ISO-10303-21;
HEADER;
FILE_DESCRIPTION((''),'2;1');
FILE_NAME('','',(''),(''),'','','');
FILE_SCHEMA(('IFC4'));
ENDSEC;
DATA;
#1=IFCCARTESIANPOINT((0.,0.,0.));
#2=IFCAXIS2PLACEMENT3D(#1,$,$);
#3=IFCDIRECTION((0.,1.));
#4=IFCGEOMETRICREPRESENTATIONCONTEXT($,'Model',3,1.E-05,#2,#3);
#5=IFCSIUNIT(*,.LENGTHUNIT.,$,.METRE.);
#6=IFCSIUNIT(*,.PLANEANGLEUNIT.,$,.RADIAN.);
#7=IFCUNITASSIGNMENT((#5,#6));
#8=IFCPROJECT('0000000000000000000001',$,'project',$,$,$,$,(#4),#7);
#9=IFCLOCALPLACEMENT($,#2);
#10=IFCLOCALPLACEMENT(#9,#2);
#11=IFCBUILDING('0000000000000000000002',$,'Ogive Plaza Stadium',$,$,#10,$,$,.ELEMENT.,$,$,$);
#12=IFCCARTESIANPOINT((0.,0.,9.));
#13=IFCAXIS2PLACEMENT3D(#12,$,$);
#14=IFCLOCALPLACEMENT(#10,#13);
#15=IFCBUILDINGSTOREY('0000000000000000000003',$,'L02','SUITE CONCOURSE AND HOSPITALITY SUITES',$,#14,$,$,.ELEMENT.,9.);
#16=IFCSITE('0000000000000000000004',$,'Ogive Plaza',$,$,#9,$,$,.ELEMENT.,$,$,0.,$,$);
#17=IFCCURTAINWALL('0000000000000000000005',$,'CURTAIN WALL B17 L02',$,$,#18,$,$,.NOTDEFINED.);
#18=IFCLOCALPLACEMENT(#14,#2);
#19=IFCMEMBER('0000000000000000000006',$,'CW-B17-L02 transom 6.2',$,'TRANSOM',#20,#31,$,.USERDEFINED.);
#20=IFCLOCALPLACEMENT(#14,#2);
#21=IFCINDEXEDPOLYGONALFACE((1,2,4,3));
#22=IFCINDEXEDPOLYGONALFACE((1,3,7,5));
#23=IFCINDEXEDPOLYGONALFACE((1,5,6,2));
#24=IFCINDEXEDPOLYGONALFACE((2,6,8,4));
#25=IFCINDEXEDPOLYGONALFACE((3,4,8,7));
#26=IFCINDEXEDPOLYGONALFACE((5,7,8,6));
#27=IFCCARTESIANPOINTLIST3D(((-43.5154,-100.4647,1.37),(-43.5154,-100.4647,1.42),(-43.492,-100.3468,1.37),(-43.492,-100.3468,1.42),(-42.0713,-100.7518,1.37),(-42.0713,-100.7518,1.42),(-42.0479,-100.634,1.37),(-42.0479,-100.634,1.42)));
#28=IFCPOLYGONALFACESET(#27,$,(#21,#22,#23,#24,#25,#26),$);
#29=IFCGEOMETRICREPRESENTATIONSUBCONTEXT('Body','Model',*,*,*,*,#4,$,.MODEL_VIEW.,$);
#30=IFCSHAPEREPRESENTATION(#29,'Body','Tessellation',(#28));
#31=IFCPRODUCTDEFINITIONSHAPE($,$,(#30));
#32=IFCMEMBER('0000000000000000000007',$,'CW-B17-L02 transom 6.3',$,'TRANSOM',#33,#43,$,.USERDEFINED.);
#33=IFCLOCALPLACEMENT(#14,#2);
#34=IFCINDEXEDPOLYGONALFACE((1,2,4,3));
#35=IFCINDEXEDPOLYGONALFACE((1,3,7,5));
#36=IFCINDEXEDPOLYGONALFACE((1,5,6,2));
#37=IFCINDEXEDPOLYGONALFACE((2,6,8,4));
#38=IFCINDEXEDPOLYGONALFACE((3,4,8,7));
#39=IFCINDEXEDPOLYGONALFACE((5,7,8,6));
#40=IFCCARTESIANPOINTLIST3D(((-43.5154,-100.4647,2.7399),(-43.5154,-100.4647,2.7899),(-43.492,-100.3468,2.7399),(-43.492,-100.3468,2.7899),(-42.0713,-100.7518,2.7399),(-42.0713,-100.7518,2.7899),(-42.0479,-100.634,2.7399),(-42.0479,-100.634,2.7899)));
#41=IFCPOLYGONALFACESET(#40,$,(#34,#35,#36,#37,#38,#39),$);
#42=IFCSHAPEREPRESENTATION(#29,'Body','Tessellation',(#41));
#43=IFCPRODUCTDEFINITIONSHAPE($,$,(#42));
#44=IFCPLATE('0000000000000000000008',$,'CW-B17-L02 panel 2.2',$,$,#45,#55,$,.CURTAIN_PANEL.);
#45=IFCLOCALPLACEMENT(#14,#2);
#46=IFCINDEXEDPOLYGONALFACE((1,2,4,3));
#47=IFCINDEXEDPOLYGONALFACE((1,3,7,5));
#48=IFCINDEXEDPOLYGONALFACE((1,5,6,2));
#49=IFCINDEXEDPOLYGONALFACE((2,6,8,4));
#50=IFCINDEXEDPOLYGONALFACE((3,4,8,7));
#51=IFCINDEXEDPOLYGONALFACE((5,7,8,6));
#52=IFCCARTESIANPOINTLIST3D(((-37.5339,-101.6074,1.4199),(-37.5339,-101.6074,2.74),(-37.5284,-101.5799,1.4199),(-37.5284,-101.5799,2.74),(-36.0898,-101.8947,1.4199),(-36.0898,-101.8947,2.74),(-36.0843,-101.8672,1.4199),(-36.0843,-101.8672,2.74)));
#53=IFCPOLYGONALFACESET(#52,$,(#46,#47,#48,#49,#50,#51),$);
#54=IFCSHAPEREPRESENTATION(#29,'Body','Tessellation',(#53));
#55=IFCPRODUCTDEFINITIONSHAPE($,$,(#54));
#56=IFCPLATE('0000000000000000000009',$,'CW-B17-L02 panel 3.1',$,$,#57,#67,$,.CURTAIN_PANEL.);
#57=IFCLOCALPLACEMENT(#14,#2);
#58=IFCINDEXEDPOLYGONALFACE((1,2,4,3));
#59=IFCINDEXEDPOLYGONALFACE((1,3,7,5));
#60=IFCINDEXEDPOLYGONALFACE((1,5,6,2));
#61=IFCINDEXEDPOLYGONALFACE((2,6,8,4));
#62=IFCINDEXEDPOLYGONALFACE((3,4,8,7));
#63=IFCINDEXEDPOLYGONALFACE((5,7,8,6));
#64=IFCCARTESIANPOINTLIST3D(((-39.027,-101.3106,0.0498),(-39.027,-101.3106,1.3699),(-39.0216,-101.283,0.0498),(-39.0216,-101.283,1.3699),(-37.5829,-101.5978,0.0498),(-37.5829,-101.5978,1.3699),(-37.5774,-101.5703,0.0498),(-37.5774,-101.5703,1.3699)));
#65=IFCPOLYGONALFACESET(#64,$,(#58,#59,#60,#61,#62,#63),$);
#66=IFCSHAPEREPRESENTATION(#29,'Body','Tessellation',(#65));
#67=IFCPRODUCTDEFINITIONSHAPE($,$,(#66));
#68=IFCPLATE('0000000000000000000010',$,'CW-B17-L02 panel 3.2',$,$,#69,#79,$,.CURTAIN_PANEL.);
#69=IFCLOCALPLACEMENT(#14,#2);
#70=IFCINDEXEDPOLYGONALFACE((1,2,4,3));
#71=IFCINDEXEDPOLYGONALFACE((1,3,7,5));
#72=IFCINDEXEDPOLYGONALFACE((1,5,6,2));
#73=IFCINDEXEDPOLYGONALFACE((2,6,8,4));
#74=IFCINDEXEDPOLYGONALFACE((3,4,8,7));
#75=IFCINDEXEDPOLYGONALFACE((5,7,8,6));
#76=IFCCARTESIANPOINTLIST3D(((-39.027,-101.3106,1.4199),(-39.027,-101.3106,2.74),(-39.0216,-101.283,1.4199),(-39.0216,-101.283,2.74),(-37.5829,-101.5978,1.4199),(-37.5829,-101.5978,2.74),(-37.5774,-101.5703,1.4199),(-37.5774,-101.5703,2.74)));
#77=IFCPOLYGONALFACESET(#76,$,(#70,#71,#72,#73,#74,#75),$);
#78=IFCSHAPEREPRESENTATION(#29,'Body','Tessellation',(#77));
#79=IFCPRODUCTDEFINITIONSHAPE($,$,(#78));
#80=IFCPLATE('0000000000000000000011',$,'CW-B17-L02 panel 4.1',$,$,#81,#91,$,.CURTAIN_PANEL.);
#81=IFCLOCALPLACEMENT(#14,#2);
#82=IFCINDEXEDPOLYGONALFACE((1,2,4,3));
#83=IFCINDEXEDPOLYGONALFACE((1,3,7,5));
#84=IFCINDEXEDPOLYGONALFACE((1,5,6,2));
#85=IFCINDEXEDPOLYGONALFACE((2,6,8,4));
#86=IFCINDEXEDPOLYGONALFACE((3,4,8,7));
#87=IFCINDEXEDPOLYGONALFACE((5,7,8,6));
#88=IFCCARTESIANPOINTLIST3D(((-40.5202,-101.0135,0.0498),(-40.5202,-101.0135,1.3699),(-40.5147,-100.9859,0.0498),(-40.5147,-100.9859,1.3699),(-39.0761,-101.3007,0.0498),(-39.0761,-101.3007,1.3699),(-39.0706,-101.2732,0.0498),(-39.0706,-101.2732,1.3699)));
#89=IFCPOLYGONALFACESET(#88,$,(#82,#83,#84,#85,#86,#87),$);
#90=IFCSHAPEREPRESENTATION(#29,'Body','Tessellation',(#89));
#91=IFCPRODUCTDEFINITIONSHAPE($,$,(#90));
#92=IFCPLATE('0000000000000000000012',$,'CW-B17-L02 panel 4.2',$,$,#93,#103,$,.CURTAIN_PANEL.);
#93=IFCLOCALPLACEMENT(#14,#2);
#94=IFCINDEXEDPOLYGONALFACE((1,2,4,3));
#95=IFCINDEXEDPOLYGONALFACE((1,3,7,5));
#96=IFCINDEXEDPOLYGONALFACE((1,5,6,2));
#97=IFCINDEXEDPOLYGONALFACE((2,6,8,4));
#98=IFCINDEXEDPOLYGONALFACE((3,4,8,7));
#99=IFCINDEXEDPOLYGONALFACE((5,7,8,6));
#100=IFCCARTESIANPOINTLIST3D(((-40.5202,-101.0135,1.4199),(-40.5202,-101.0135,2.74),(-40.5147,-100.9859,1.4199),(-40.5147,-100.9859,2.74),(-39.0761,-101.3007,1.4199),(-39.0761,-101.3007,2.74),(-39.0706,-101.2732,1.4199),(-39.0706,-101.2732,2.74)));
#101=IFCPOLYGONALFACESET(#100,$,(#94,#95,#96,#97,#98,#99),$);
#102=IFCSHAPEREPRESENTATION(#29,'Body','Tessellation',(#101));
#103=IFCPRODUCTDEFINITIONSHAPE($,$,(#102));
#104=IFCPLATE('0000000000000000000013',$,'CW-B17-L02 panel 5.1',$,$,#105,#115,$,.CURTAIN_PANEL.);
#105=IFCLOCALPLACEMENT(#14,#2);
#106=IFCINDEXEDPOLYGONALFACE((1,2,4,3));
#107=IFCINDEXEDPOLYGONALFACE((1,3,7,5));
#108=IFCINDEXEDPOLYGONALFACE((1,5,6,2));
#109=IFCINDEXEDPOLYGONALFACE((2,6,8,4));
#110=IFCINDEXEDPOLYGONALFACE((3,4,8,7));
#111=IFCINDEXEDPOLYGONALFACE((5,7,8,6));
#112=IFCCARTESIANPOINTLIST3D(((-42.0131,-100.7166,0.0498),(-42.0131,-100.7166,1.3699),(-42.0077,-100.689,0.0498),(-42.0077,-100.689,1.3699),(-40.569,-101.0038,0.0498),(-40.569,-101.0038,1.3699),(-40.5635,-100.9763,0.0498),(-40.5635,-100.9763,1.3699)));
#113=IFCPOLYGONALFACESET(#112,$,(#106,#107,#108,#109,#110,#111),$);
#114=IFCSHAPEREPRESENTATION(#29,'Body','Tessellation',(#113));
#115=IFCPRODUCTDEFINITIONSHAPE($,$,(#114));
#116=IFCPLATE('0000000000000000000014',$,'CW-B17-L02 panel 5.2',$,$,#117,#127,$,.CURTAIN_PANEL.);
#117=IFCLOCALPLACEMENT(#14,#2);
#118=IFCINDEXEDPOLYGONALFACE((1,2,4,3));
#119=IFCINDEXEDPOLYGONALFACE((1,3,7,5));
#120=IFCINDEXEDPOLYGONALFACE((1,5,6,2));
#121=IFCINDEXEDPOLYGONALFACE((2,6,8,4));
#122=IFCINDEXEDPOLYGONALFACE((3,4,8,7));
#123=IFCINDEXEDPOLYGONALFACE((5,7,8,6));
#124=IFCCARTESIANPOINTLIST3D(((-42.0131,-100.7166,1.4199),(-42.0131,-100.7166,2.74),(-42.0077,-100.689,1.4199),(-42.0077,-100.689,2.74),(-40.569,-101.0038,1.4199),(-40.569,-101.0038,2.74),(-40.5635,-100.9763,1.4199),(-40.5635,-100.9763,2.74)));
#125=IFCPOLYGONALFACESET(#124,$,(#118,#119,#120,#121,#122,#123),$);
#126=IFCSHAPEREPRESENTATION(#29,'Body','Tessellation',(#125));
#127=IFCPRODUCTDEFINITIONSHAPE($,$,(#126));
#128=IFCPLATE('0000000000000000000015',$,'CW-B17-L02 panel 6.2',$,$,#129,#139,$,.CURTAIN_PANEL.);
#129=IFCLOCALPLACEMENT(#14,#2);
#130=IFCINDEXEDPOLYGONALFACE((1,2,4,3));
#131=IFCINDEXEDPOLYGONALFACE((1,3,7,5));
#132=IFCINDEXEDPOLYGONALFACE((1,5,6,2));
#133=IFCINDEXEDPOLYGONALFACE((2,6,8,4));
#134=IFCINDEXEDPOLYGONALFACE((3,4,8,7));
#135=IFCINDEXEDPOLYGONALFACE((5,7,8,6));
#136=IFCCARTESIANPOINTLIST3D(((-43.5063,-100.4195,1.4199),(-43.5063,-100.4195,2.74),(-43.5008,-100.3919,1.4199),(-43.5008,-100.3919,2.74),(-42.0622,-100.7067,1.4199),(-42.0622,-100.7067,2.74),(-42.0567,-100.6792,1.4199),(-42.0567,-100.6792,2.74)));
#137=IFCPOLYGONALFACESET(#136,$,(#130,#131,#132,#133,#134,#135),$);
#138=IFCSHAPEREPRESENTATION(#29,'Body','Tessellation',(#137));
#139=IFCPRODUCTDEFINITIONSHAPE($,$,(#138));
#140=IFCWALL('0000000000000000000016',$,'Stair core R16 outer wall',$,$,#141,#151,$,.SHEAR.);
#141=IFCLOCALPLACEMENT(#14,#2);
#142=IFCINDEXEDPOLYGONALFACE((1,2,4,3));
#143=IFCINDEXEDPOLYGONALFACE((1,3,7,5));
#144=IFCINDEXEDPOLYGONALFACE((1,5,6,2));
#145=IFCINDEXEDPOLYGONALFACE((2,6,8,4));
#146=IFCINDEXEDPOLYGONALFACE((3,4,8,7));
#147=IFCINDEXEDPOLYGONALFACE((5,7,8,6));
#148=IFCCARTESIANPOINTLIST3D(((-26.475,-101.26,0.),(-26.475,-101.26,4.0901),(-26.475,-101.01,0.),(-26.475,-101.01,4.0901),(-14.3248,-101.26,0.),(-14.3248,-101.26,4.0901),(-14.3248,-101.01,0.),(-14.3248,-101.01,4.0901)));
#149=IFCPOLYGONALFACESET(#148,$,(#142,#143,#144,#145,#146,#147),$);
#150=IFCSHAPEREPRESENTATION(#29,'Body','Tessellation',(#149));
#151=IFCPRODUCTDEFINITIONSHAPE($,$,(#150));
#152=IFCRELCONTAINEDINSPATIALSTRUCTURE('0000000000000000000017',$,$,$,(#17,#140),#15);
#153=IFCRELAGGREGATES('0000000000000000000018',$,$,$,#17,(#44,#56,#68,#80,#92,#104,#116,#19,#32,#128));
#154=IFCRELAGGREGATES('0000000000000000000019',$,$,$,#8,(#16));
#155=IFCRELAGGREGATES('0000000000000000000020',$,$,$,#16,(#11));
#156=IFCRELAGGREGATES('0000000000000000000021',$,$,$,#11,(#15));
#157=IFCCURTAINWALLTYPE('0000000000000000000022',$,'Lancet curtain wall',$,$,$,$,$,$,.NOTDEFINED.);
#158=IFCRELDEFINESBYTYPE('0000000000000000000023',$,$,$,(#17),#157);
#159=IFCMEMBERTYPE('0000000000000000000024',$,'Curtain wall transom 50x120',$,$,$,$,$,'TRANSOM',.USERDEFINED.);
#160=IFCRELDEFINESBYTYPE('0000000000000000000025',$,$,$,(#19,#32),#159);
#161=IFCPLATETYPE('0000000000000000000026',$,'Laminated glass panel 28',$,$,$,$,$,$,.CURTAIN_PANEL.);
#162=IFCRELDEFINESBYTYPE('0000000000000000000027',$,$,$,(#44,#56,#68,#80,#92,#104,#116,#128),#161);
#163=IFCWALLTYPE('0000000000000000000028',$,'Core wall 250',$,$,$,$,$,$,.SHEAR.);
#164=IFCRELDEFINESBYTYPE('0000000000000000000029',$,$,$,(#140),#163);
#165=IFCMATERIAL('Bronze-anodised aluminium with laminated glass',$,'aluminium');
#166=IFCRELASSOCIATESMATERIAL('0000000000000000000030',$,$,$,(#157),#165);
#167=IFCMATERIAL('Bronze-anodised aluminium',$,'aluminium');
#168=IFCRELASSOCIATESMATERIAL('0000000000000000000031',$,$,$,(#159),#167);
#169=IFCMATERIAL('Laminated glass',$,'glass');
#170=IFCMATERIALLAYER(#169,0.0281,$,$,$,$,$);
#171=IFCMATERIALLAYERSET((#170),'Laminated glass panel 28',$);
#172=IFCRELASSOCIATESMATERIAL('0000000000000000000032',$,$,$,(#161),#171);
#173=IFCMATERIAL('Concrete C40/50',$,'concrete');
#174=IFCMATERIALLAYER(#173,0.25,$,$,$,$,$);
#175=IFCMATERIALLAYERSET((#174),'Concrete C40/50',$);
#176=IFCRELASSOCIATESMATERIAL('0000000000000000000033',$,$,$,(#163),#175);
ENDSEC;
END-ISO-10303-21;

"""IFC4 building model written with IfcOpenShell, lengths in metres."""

from ifc_helpers import new_model, si_unit, direction, frame, frame_2d, origin, origin_2d, place, context, subcontext, project, spatial, rectangle, extrude, material, layer, layer_set, material_profile, profile_set, type_object, element, aggregate, save


model = new_model("IFC4")

# Units and contexts
model_context = context("Model", 3, precision=1e-05, world=origin(), true_north=direction((0.0, 1.0)))
body_context = subcontext(model_context, "Body", "Model", "MODEL_VIEW")
ifc_project = project(units=[si_unit("LENGTHUNIT", "METRE"), si_unit("PLANEANGLEUNIT", "RADIAN")], contexts=[model_context])

# Site, building, storey
site_placement = place(None, origin())
site = spatial("IfcSite", under=ifc_project, at=site_placement, Name="Ogive Plaza", CompositionType="ELEMENT", RefElevation=0.0)
building_placement = place(site_placement, origin())
building = spatial("IfcBuilding", under=site, at=building_placement, Name="Ogive Plaza Stadium", CompositionType="ELEMENT")
storey_placement = place(building_placement, frame((0.0, 0.0, 9.0)))
storey = spatial("IfcBuildingStorey", under=building, at=storey_placement, Name="L02", Description="SUITE CONCOURSE AND HOSPITALITY SUITES", CompositionType="ELEMENT", Elevation=9.0)

# Curtain wall, members, plates
ifc_material_1 = material(Name="Bronze-anodised aluminium with laminated glass", Category="aluminium")
curtain_wall_type = type_object("IfcCurtainWallType", Name="Lancet curtain wall", PredefinedType="NOTDEFINED", material=ifc_material_1)
curtain_wall_placement = place(storey_placement, origin())
curtain_wall = element("IfcCurtainWall", 1, at=curtain_wall_placement, inside=storey, type_object=curtain_wall_type, Name="CURTAIN WALL B17 L02", PredefinedType="NOTDEFINED")
ifc_material_2 = material(Name="Bronze-anodised aluminium", Category="aluminium")
ifc_material_profile_1 = material_profile(ifc_material_2, rectangle(XDim=0.1201, YDim=0.05, at=origin_2d()), Name="AL 120x50")
ifc_profile_set_1 = profile_set([ifc_material_profile_1], Name="Bronze-anodised aluminium")
member_type_1 = type_object("IfcMemberType", Name="Curtain wall transom 50x120", ElementType="TRANSOM", PredefinedType="USERDEFINED", material=ifc_profile_set_1)
member_1_placement = place(storey_placement, frame((-42.0596, -100.6929, 1.395), z_axis=(-0.980803, 0.195, 0.0), x_axis=(-0.195, -0.980803, 0.0)))
member_1 = element("IfcMember", 2, at=member_1_placement, type_object=member_type_1, Name="CW-B17-L02 transom 6.2", ObjectType="TRANSOM", PredefinedType="USERDEFINED", context=body_context, shape_type="SweptSolid", body=[
    extrude(rectangle(XDim=0.1201, YDim=0.05, at=origin_2d()), origin(), (0.0, 0.0, 1.0), 1.4724),
])
member_2_placement = place(storey_placement, frame((-42.0596, -100.6929, 2.7649), z_axis=(-0.980803, 0.195, 0.0), x_axis=(-0.195, -0.980803, 0.0)))
member_2 = element("IfcMember", 3, at=member_2_placement, type_object=member_type_1, Name="CW-B17-L02 transom 6.3", ObjectType="TRANSOM", PredefinedType="USERDEFINED", context=body_context, shape_type="SweptSolid", body=[
    extrude(rectangle(XDim=0.1201, YDim=0.05, at=origin_2d()), origin(), (0.0, 0.0, 1.0), 1.4724),
])
ifc_material_3 = material(Name="Laminated glass", Category="glass")
ifc_layer_1 = layer(ifc_material_3, 0.0281)
ifc_layer_set_1 = layer_set([ifc_layer_1], Name="Laminated glass panel 28")
plate_type = type_object("IfcPlateType", Name="Laminated glass panel 28", PredefinedType="CURTAIN_PANEL", material=ifc_layer_set_1)
plate_1_placement = place(storey_placement, frame((-36.8091, -101.7373, 1.4199), z_axis=(0.0, 0.0, 1.0), x_axis=(-0.980785, 0.19509, 0.0)))
plate_1 = element("IfcPlate", 4, at=plate_1_placement, type_object=plate_type, Name="CW-B17-L02 panel 2.2", PredefinedType="CURTAIN_PANEL", context=body_context, shape_type="SweptSolid", body=[
    extrude(rectangle(XDim=1.4724, YDim=0.0281, at=origin_2d()), origin(), (0.0, 0.0, 1.0), 1.3201),
])
plate_2_placement = place(storey_placement, frame((-38.3022, -101.4404, 0.0498), z_axis=(0.0, 0.0, 1.0), x_axis=(-0.980785, 0.19509, 0.0)))
plate_2 = element("IfcPlate", 5, at=plate_2_placement, type_object=plate_type, Name="CW-B17-L02 panel 3.1", PredefinedType="CURTAIN_PANEL", context=body_context, shape_type="SweptSolid", body=[
    extrude(rectangle(XDim=1.4724, YDim=0.0281, at=origin_2d()), origin(), (0.0, 0.0, 1.0), 1.3201),
])
plate_3_placement = place(storey_placement, frame((-38.3022, -101.4404, 1.4199), z_axis=(0.0, 0.0, 1.0), x_axis=(-0.980785, 0.19509, 0.0)))
plate_3 = element("IfcPlate", 6, at=plate_3_placement, type_object=plate_type, Name="CW-B17-L02 panel 3.2", PredefinedType="CURTAIN_PANEL", context=body_context, shape_type="SweptSolid", body=[
    extrude(rectangle(XDim=1.4724, YDim=0.0281, at=origin_2d()), origin(), (0.0, 0.0, 1.0), 1.3201),
])
plate_4_placement = place(storey_placement, frame((-39.7954, -101.1433, 0.0498), z_axis=(0.0, 0.0, 1.0), x_axis=(-0.980785, 0.19509, 0.0)))
plate_4 = element("IfcPlate", 7, at=plate_4_placement, type_object=plate_type, Name="CW-B17-L02 panel 4.1", PredefinedType="CURTAIN_PANEL", context=body_context, shape_type="SweptSolid", body=[
    extrude(rectangle(XDim=1.4724, YDim=0.0281, at=origin_2d()), origin(), (0.0, 0.0, 1.0), 1.3201),
])
plate_5_placement = place(storey_placement, frame((-39.7954, -101.1433, 1.4199), z_axis=(0.0, 0.0, 1.0), x_axis=(-0.980785, 0.19509, 0.0)))
plate_5 = element("IfcPlate", 8, at=plate_5_placement, type_object=plate_type, Name="CW-B17-L02 panel 4.2", PredefinedType="CURTAIN_PANEL", context=body_context, shape_type="SweptSolid", body=[
    extrude(rectangle(XDim=1.4724, YDim=0.0281, at=origin_2d()), origin(), (0.0, 0.0, 1.0), 1.3201),
])
plate_6_placement = place(storey_placement, frame((-41.2883, -100.8464, 0.0498), z_axis=(0.0, 0.0, 1.0), x_axis=(-0.980785, 0.19509, 0.0)))
plate_6 = element("IfcPlate", 9, at=plate_6_placement, type_object=plate_type, Name="CW-B17-L02 panel 5.1", PredefinedType="CURTAIN_PANEL", context=body_context, shape_type="SweptSolid", body=[
    extrude(rectangle(XDim=1.4724, YDim=0.0281, at=origin_2d()), origin(), (0.0, 0.0, 1.0), 1.3201),
])
plate_7_placement = place(storey_placement, frame((-41.2883, -100.8464, 1.4199), z_axis=(0.0, 0.0, 1.0), x_axis=(-0.980785, 0.19509, 0.0)))
plate_7 = element("IfcPlate", 10, at=plate_7_placement, type_object=plate_type, Name="CW-B17-L02 panel 5.2", PredefinedType="CURTAIN_PANEL", context=body_context, shape_type="SweptSolid", body=[
    extrude(rectangle(XDim=1.4724, YDim=0.0281, at=origin_2d()), origin(), (0.0, 0.0, 1.0), 1.3201),
])
plate_8_placement = place(storey_placement, frame((-42.7815, -100.5493, 1.4199), z_axis=(0.0, 0.0, 1.0), x_axis=(-0.980785, 0.19509, 0.0)))
plate_8 = element("IfcPlate", 11, at=plate_8_placement, type_object=plate_type, Name="CW-B17-L02 panel 6.2", PredefinedType="CURTAIN_PANEL", context=body_context, shape_type="SweptSolid", body=[
    extrude(rectangle(XDim=1.4724, YDim=0.0281, at=origin_2d()), origin(), (0.0, 0.0, 1.0), 1.3201),
])
aggregate(curtain_wall, [plate_1, plate_2, plate_3, plate_4, plate_5, plate_6, plate_7, member_1, member_2, plate_8])

# Wall
ifc_material_4 = material(Name="Concrete C40/50", Category="concrete")
ifc_layer_2 = layer(ifc_material_4, 0.25)
ifc_layer_set_2 = layer_set([ifc_layer_2], Name="Concrete C40/50")
wall_type = type_object("IfcWallType", Name="Core wall 250", PredefinedType="SHEAR", material=ifc_layer_set_2)
wall_placement = place(storey_placement, frame((-26.4751, -101.135, 0.0), z_axis=(0.0, 0.0, 1.0), x_axis=(1.0, 0.0, 0.0)))
element("IfcWall", 12, at=wall_placement, inside=storey, type_object=wall_type, Name="Stair core R16 outer wall", PredefinedType="SHEAR", context=body_context, shape_type="SweptSolid", body=[
    extrude(rectangle(XDim=12.1501, YDim=0.25, at=frame_2d((6.0752, 0.0))), origin(), (0.0, 0.0, 1.0), 4.0901),
])

save(model, "model.ifc")
